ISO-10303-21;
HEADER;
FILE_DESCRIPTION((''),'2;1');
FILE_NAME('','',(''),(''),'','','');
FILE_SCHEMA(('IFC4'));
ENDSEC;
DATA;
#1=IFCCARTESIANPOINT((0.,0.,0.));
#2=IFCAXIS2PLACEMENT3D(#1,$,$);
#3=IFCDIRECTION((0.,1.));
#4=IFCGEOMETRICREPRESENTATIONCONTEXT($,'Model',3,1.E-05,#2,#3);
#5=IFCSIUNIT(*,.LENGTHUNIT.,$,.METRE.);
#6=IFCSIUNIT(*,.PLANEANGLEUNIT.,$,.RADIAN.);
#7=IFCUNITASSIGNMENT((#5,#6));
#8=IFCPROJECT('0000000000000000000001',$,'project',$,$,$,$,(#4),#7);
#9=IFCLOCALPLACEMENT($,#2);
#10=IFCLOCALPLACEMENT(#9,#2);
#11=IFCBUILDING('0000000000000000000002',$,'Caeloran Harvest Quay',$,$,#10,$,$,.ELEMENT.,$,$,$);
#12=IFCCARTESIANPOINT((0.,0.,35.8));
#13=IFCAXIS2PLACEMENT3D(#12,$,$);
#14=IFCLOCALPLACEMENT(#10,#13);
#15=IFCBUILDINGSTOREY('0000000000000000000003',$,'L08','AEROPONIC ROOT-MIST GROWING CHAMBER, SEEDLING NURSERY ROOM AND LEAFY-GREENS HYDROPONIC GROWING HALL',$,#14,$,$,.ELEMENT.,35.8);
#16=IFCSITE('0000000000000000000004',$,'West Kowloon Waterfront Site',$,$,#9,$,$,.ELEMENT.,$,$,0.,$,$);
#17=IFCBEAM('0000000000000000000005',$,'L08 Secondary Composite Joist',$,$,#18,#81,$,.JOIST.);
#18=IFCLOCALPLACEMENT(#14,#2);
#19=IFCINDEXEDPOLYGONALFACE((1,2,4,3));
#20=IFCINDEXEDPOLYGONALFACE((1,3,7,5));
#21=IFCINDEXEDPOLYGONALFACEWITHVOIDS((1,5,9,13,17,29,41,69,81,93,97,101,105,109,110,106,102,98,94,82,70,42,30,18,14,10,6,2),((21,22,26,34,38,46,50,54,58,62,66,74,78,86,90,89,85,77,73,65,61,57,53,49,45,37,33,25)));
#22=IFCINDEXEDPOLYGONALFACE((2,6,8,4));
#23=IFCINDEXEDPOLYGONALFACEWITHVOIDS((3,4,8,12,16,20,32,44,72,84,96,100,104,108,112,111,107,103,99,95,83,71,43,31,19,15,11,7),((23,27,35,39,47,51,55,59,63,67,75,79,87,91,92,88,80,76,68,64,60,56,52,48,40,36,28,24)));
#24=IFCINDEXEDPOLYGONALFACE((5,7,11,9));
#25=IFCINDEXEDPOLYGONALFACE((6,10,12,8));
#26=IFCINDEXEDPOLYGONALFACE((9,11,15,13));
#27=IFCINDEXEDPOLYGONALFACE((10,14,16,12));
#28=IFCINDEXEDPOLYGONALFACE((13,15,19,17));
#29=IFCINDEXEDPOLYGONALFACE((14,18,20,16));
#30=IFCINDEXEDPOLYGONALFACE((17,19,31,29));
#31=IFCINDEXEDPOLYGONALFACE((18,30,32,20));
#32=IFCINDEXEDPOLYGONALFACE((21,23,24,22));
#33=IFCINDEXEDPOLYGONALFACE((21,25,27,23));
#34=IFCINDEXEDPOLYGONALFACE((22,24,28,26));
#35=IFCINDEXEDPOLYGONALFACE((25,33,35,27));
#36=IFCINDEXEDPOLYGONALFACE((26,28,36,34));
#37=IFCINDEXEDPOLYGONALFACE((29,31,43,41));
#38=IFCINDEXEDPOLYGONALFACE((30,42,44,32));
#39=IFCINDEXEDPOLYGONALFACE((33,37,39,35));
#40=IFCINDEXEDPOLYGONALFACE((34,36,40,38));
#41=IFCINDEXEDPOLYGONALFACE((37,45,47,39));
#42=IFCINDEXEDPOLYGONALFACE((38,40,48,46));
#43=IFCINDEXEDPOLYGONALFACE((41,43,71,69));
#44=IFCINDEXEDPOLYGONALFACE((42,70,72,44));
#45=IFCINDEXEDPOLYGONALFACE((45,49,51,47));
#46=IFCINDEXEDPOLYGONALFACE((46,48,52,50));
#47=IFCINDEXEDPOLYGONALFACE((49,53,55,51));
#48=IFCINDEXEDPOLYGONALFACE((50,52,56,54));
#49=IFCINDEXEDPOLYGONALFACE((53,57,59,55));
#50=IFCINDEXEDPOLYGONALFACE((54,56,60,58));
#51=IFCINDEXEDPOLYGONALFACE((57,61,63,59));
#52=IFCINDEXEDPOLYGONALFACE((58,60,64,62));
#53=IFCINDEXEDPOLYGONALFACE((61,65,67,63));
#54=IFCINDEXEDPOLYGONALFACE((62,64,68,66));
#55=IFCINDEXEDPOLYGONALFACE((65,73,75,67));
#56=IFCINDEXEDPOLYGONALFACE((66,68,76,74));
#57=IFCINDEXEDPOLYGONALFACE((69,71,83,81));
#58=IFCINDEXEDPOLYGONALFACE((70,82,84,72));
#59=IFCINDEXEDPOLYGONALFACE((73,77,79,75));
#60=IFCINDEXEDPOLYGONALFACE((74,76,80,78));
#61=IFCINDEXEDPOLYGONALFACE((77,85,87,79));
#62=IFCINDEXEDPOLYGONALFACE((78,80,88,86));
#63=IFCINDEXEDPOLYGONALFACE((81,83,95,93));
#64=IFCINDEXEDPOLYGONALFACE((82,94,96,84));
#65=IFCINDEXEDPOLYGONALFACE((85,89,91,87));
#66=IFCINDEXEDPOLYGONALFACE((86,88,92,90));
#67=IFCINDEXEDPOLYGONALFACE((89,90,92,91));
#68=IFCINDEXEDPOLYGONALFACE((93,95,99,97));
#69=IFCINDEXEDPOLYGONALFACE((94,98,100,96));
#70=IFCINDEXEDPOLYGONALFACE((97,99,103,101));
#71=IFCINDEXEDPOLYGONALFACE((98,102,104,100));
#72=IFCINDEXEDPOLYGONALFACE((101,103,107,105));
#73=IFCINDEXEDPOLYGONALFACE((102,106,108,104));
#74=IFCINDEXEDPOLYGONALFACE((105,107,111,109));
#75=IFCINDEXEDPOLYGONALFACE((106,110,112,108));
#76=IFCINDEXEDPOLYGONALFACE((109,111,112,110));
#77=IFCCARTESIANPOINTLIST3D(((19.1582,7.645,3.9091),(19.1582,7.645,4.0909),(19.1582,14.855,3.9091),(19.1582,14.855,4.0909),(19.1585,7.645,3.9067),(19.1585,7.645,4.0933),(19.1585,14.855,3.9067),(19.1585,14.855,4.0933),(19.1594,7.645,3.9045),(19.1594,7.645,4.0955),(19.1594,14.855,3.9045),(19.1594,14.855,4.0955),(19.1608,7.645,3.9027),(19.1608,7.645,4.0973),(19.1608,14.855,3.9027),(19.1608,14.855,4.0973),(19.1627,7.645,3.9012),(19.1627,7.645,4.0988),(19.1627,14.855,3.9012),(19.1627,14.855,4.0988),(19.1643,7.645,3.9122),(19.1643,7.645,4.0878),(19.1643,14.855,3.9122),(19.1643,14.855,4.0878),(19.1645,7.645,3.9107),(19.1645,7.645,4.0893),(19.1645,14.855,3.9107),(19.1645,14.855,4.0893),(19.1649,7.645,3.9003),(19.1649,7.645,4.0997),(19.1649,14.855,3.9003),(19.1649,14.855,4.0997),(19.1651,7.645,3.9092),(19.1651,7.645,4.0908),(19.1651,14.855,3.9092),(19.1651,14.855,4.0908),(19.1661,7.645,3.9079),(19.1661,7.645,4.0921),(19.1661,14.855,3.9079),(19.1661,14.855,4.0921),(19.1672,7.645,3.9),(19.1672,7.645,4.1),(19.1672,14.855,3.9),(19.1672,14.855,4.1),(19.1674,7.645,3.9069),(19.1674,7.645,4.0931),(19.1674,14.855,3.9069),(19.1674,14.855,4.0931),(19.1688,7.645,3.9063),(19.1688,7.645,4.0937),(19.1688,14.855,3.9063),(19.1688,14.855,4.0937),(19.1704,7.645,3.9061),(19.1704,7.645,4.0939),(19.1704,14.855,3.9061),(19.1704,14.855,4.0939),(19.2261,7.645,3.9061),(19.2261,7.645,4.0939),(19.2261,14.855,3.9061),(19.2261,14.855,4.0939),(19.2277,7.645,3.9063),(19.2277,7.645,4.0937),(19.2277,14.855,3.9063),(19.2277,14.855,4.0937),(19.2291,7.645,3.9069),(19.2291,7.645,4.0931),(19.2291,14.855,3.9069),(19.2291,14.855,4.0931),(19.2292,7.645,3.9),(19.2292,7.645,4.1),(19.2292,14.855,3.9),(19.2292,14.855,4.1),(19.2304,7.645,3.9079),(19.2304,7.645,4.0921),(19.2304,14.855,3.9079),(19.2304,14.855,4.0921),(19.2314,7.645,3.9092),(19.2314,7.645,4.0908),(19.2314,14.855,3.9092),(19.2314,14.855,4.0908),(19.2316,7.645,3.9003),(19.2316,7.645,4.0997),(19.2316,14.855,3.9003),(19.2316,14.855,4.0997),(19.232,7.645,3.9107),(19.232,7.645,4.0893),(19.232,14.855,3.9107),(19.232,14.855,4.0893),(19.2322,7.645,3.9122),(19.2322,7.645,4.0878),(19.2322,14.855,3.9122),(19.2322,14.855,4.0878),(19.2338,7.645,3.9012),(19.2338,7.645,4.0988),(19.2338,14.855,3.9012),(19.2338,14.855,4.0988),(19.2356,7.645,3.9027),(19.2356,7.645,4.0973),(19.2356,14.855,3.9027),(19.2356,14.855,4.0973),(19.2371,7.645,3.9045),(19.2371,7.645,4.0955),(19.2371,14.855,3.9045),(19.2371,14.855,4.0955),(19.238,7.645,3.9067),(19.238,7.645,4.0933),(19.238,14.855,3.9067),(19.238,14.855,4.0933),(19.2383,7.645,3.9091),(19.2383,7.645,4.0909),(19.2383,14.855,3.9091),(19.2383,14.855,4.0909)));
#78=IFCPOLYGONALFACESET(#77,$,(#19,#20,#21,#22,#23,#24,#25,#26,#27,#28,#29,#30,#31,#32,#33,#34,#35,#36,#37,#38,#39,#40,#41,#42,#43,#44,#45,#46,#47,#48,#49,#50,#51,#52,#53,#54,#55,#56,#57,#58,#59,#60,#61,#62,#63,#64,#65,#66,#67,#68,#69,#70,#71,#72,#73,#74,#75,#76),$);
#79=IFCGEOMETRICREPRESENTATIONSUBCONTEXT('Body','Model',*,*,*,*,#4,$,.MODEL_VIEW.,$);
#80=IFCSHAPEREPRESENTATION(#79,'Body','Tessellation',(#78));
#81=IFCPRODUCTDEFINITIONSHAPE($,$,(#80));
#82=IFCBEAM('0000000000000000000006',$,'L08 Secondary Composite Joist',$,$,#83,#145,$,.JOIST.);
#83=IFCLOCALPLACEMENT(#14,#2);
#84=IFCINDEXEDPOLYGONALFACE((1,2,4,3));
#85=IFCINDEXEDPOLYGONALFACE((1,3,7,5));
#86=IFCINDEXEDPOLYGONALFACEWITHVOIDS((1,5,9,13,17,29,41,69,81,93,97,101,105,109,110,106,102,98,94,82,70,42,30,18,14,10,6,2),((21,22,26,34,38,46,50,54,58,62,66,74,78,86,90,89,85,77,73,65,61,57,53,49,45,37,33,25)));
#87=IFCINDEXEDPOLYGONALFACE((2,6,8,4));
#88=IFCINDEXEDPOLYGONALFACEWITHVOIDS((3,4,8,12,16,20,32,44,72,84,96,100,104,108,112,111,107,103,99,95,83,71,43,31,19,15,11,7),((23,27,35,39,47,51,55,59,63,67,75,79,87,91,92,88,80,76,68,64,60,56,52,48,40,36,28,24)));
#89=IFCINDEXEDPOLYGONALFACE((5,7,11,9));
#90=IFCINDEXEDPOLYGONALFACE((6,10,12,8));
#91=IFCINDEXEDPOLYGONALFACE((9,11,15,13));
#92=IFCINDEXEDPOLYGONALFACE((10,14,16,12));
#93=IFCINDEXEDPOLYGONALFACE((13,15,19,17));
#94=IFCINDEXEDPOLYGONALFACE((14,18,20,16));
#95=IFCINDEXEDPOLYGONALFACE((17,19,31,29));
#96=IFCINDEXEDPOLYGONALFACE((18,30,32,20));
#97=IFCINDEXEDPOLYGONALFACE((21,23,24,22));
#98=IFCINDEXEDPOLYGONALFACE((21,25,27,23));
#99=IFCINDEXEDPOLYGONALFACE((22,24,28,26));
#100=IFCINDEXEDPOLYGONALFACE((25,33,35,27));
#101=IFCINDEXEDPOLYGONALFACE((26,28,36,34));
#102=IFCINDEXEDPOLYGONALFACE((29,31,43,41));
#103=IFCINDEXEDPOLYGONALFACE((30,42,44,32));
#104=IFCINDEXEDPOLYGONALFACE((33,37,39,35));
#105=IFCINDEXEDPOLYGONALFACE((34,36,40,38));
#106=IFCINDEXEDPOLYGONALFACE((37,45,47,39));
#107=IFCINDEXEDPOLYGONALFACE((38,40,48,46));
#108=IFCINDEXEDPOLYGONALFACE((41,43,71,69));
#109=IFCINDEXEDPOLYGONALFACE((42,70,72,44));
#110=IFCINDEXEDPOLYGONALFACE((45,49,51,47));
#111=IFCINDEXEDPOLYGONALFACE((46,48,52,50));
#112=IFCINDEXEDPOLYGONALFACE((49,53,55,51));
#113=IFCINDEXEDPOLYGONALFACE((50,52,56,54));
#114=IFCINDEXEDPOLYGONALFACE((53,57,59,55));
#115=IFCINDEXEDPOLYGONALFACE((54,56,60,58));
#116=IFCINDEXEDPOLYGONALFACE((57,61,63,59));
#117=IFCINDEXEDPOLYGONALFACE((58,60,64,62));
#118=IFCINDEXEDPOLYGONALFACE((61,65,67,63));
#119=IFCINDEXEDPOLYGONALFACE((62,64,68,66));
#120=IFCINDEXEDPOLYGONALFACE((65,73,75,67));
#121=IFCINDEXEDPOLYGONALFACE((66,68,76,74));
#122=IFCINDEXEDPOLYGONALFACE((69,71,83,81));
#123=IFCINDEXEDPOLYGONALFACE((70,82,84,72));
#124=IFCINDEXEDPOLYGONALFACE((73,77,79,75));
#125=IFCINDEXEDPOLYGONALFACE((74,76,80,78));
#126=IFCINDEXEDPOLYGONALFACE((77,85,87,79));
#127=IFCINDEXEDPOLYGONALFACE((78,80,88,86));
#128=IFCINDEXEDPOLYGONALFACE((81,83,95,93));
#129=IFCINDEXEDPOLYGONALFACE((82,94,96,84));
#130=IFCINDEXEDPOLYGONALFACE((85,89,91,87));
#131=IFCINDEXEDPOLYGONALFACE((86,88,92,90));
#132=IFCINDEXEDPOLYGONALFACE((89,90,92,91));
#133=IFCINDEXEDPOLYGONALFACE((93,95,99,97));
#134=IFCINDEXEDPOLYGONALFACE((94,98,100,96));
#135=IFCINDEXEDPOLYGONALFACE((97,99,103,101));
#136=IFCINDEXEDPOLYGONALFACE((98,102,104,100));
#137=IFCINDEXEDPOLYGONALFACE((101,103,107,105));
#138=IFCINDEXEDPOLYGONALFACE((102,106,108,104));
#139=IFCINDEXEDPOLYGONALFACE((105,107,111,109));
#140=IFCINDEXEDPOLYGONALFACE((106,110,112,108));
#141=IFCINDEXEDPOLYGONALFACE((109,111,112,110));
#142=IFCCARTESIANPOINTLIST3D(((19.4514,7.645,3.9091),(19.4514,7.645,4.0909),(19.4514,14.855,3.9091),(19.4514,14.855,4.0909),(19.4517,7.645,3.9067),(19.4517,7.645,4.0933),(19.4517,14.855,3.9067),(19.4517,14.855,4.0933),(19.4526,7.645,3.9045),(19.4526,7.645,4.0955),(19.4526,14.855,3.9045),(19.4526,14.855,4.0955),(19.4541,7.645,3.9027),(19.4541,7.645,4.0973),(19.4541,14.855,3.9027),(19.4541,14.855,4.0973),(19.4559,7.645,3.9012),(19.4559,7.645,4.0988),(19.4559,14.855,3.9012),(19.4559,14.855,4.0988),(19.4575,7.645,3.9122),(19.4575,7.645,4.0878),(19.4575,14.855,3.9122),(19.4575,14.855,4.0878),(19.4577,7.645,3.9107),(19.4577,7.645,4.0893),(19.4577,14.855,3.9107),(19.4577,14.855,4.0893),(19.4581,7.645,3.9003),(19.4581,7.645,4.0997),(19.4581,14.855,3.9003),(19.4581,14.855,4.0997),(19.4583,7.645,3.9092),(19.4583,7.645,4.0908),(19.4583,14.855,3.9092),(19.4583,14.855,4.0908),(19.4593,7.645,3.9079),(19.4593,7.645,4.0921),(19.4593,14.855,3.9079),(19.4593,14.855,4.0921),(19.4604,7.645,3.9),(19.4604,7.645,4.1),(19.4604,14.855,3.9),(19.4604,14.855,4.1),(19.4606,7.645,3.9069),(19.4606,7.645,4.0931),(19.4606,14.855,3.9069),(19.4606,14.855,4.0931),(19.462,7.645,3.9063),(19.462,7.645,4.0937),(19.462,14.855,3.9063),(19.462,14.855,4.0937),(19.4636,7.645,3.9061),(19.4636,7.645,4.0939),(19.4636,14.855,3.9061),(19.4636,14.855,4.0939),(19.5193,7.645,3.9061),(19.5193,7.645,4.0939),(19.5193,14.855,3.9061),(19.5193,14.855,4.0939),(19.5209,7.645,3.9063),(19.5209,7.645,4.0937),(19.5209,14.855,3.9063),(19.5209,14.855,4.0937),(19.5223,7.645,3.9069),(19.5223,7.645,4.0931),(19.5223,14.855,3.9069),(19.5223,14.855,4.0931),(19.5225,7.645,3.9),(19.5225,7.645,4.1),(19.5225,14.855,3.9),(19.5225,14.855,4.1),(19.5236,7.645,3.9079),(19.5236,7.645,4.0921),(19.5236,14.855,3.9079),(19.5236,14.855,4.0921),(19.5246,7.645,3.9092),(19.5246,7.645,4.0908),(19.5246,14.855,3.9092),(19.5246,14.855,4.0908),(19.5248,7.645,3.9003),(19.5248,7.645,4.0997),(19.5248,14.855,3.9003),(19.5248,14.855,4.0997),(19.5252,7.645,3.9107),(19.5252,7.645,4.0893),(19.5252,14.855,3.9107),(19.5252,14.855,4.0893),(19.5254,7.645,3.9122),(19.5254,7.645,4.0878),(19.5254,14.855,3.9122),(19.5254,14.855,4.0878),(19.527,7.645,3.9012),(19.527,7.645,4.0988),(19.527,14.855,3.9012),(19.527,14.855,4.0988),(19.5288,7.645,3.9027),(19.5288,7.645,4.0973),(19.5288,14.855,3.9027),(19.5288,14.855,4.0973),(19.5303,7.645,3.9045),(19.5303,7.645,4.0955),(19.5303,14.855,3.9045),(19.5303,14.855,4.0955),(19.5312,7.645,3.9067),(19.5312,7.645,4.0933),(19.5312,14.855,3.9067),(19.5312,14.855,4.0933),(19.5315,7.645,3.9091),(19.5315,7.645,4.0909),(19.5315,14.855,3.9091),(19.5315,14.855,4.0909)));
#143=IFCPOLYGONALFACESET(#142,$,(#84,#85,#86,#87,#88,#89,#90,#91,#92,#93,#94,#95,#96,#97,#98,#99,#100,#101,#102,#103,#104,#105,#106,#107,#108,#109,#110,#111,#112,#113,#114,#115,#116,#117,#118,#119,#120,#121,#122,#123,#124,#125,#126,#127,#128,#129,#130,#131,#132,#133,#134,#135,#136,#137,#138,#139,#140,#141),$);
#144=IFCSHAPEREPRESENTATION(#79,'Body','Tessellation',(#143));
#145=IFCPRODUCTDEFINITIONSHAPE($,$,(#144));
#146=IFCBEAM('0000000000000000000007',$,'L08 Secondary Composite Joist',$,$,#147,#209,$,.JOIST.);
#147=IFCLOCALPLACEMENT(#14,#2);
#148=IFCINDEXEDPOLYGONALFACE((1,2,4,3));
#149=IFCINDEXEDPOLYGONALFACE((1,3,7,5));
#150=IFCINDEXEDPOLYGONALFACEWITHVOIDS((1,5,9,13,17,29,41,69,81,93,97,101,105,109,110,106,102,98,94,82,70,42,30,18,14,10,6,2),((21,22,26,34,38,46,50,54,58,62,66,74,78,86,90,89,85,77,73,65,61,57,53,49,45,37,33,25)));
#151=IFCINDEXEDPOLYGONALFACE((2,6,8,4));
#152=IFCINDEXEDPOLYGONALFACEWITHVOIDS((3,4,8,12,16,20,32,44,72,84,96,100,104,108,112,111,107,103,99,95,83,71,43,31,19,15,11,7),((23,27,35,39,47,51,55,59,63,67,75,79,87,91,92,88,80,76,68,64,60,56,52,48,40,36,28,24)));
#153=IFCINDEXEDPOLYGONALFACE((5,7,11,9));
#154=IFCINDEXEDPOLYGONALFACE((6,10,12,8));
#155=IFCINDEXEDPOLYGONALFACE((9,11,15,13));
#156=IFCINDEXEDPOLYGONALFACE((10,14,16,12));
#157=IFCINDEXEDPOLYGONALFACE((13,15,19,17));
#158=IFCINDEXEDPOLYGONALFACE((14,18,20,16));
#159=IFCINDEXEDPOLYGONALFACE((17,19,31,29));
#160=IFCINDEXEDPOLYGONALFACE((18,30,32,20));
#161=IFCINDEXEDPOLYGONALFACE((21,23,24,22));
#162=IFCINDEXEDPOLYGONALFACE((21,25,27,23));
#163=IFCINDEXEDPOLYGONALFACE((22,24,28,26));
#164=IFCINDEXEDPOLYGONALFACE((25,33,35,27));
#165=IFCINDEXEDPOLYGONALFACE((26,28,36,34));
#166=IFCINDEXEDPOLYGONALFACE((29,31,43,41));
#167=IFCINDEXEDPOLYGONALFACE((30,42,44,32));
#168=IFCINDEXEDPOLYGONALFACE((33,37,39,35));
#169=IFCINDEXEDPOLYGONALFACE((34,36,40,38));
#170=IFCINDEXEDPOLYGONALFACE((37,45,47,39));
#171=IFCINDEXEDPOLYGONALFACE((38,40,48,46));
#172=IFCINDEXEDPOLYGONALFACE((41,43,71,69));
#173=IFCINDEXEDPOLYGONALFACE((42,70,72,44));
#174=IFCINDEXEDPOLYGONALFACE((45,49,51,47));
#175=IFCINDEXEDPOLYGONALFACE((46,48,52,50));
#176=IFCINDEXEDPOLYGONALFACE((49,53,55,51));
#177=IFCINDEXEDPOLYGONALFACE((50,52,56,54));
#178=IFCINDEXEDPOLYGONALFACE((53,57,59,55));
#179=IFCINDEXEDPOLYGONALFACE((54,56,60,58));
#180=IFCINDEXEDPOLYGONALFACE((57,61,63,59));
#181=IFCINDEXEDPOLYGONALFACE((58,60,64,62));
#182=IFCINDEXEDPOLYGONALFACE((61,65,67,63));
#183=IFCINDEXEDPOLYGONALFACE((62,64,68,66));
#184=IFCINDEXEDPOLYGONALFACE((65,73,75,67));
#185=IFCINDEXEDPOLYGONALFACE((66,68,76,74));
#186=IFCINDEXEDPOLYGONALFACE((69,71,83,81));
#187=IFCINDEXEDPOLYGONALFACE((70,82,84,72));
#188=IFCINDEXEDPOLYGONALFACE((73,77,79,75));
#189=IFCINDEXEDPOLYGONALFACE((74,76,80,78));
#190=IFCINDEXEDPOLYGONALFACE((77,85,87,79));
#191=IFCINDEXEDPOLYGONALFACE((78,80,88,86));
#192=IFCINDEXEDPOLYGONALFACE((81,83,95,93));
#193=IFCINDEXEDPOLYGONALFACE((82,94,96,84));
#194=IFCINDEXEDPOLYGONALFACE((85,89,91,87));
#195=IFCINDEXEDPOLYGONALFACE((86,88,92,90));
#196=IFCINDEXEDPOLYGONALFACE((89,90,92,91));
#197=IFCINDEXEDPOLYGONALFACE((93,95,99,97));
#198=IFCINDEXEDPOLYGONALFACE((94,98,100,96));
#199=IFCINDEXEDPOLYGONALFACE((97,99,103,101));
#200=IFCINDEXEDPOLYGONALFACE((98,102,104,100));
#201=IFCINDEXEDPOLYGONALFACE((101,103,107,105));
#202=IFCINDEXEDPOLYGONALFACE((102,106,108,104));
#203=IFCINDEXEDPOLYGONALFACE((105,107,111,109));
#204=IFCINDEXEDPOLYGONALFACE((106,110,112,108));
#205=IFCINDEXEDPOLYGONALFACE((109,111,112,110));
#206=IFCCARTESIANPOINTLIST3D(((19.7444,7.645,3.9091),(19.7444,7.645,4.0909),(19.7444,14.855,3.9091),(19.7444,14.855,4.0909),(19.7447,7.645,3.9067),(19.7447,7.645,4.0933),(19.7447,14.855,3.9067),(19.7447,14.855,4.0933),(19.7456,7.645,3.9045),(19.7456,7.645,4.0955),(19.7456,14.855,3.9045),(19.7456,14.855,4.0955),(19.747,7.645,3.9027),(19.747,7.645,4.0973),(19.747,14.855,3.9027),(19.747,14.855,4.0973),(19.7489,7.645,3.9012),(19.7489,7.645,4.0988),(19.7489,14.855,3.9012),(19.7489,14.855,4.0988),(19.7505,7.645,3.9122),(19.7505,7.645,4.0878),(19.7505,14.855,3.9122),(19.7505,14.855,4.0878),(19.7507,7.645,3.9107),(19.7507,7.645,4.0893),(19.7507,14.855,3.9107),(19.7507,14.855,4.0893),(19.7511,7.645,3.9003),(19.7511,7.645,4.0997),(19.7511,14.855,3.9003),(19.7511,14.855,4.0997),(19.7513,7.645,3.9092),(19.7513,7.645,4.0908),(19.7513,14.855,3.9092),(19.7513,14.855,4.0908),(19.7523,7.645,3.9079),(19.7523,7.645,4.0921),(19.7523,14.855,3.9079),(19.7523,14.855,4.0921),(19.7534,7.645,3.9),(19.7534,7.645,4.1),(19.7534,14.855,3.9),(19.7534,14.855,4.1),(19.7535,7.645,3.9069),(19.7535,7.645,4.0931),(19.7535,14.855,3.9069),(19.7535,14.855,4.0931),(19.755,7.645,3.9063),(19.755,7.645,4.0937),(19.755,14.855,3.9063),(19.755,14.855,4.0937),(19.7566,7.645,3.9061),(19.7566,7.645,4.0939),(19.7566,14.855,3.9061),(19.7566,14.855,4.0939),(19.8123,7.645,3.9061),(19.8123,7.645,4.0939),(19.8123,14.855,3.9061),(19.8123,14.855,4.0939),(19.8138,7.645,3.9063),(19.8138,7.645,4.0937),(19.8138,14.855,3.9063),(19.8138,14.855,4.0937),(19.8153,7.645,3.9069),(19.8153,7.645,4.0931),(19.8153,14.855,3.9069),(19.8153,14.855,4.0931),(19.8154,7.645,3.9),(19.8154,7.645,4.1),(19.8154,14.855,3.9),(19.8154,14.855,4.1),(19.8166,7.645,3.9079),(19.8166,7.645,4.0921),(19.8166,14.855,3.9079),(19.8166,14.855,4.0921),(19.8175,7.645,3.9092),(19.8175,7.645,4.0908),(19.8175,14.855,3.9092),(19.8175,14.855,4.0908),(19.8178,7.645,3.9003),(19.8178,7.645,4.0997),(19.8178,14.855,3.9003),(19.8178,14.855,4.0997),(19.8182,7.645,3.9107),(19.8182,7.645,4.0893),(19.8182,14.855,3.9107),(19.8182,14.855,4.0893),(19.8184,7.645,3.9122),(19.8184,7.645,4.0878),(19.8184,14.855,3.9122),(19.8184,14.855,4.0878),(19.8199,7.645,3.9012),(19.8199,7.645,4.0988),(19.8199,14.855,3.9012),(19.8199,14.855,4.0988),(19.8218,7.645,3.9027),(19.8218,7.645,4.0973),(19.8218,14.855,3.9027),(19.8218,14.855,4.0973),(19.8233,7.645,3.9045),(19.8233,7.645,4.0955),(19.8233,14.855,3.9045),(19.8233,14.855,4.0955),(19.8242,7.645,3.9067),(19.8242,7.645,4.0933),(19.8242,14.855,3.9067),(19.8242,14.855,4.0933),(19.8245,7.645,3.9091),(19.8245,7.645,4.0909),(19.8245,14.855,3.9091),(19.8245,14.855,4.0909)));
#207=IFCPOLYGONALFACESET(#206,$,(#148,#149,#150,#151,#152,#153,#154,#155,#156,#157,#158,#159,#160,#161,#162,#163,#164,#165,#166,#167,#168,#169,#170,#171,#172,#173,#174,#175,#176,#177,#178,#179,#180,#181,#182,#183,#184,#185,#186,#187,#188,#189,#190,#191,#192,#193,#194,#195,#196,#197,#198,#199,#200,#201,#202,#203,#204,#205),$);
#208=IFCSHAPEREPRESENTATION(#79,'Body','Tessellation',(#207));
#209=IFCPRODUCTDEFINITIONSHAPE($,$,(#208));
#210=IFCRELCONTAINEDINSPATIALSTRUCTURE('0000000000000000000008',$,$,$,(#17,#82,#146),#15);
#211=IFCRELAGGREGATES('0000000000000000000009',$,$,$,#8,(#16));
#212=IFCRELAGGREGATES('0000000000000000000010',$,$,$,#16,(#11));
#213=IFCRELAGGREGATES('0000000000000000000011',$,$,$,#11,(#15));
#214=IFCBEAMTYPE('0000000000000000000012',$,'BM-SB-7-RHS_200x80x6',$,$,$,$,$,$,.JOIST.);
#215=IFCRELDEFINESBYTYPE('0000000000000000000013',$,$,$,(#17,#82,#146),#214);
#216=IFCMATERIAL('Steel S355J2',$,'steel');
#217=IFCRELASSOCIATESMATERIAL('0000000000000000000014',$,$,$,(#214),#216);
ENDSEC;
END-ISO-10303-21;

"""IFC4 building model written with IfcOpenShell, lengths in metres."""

from ifc_helpers import new_model, si_unit, direction, frame, origin, origin_2d, place, context, subcontext, project, spatial, hollow_rectangle, extrude, material, material_profile, profile_set, type_object, element, save


model = new_model("IFC4")

# Units and contexts
model_context = context("Model", 3, precision=1e-05, world=origin(), true_north=direction((0.0, 1.0)))
body_context = subcontext(model_context, "Body", "Model", "MODEL_VIEW")
ifc_project = project(units=[si_unit("LENGTHUNIT", "METRE"), si_unit("PLANEANGLEUNIT", "RADIAN")], contexts=[model_context])

# Site, building, storey
site_placement = place(None, origin())
site = spatial("IfcSite", under=ifc_project, at=site_placement, Name="West Kowloon Waterfront Site", CompositionType="ELEMENT", RefElevation=0.0)
building_placement = place(site_placement, origin())
building = spatial("IfcBuilding", under=site, at=building_placement, Name="Caeloran Harvest Quay", CompositionType="ELEMENT")
storey_placement = place(building_placement, frame((0.0, 0.0, 35.8)))
storey = spatial("IfcBuildingStorey", under=building, at=storey_placement, Name="L08", Description="AEROPONIC ROOT-MIST GROWING CHAMBER, SEEDLING NURSERY ROOM AND LEAFY-GREENS HYDROPONIC GROWING HALL", CompositionType="ELEMENT", Elevation=35.8)

# Beams
ifc_material_1 = material(Name="Steel S355J2", Category="steel")
ifc_material_profile_1 = material_profile(ifc_material_1, hollow_rectangle(XDim=0.0801, YDim=0.2, WallThickness=0.0061, InnerFilletRadius=0.0061, OuterFilletRadius=0.009, at=origin_2d()), Name="RHS 200x80x6")
ifc_profile_set_1 = profile_set([ifc_material_profile_1], Name="Steel S355J2")
beam_type_1 = type_object("IfcBeamType", Name="BM-SB-7-RHS_200x80x6", PredefinedType="JOIST", material=ifc_profile_set_1)
for number, where, z_axis, x_axis, name in (
    (1, (19.1982, 7.645, 4.0), (0.0, 1.0, 0.0), (-1.0, 0.0, 0.0), "L08 Secondary Composite Joist"),
    (2, (19.4915, 7.645, 4.0), (0.0, 1.0, 0.0), (-1.0, 0.0, 0.0), "L08 Secondary Composite Joist"),
    (3, (19.7844, 7.645, 4.0), (0.0, 1.0, 0.0), (-1.0, 0.0, 0.0), "L08 Secondary Composite Joist"),
):
    element("IfcBeam", number, at=place(storey_placement, frame(where, z_axis=z_axis, x_axis=x_axis)), inside=storey, type_object=beam_type_1, Name=name, PredefinedType="JOIST", context=body_context, shape_type="SweptSolid", body=[
        extrude(hollow_rectangle(XDim=0.0801, YDim=0.2, WallThickness=0.0061, InnerFilletRadius=0.0061, OuterFilletRadius=0.009, at=origin_2d()), origin(), (0.0, 0.0, 1.0), 7.21),
    ])

save(model, "model.ifc")
